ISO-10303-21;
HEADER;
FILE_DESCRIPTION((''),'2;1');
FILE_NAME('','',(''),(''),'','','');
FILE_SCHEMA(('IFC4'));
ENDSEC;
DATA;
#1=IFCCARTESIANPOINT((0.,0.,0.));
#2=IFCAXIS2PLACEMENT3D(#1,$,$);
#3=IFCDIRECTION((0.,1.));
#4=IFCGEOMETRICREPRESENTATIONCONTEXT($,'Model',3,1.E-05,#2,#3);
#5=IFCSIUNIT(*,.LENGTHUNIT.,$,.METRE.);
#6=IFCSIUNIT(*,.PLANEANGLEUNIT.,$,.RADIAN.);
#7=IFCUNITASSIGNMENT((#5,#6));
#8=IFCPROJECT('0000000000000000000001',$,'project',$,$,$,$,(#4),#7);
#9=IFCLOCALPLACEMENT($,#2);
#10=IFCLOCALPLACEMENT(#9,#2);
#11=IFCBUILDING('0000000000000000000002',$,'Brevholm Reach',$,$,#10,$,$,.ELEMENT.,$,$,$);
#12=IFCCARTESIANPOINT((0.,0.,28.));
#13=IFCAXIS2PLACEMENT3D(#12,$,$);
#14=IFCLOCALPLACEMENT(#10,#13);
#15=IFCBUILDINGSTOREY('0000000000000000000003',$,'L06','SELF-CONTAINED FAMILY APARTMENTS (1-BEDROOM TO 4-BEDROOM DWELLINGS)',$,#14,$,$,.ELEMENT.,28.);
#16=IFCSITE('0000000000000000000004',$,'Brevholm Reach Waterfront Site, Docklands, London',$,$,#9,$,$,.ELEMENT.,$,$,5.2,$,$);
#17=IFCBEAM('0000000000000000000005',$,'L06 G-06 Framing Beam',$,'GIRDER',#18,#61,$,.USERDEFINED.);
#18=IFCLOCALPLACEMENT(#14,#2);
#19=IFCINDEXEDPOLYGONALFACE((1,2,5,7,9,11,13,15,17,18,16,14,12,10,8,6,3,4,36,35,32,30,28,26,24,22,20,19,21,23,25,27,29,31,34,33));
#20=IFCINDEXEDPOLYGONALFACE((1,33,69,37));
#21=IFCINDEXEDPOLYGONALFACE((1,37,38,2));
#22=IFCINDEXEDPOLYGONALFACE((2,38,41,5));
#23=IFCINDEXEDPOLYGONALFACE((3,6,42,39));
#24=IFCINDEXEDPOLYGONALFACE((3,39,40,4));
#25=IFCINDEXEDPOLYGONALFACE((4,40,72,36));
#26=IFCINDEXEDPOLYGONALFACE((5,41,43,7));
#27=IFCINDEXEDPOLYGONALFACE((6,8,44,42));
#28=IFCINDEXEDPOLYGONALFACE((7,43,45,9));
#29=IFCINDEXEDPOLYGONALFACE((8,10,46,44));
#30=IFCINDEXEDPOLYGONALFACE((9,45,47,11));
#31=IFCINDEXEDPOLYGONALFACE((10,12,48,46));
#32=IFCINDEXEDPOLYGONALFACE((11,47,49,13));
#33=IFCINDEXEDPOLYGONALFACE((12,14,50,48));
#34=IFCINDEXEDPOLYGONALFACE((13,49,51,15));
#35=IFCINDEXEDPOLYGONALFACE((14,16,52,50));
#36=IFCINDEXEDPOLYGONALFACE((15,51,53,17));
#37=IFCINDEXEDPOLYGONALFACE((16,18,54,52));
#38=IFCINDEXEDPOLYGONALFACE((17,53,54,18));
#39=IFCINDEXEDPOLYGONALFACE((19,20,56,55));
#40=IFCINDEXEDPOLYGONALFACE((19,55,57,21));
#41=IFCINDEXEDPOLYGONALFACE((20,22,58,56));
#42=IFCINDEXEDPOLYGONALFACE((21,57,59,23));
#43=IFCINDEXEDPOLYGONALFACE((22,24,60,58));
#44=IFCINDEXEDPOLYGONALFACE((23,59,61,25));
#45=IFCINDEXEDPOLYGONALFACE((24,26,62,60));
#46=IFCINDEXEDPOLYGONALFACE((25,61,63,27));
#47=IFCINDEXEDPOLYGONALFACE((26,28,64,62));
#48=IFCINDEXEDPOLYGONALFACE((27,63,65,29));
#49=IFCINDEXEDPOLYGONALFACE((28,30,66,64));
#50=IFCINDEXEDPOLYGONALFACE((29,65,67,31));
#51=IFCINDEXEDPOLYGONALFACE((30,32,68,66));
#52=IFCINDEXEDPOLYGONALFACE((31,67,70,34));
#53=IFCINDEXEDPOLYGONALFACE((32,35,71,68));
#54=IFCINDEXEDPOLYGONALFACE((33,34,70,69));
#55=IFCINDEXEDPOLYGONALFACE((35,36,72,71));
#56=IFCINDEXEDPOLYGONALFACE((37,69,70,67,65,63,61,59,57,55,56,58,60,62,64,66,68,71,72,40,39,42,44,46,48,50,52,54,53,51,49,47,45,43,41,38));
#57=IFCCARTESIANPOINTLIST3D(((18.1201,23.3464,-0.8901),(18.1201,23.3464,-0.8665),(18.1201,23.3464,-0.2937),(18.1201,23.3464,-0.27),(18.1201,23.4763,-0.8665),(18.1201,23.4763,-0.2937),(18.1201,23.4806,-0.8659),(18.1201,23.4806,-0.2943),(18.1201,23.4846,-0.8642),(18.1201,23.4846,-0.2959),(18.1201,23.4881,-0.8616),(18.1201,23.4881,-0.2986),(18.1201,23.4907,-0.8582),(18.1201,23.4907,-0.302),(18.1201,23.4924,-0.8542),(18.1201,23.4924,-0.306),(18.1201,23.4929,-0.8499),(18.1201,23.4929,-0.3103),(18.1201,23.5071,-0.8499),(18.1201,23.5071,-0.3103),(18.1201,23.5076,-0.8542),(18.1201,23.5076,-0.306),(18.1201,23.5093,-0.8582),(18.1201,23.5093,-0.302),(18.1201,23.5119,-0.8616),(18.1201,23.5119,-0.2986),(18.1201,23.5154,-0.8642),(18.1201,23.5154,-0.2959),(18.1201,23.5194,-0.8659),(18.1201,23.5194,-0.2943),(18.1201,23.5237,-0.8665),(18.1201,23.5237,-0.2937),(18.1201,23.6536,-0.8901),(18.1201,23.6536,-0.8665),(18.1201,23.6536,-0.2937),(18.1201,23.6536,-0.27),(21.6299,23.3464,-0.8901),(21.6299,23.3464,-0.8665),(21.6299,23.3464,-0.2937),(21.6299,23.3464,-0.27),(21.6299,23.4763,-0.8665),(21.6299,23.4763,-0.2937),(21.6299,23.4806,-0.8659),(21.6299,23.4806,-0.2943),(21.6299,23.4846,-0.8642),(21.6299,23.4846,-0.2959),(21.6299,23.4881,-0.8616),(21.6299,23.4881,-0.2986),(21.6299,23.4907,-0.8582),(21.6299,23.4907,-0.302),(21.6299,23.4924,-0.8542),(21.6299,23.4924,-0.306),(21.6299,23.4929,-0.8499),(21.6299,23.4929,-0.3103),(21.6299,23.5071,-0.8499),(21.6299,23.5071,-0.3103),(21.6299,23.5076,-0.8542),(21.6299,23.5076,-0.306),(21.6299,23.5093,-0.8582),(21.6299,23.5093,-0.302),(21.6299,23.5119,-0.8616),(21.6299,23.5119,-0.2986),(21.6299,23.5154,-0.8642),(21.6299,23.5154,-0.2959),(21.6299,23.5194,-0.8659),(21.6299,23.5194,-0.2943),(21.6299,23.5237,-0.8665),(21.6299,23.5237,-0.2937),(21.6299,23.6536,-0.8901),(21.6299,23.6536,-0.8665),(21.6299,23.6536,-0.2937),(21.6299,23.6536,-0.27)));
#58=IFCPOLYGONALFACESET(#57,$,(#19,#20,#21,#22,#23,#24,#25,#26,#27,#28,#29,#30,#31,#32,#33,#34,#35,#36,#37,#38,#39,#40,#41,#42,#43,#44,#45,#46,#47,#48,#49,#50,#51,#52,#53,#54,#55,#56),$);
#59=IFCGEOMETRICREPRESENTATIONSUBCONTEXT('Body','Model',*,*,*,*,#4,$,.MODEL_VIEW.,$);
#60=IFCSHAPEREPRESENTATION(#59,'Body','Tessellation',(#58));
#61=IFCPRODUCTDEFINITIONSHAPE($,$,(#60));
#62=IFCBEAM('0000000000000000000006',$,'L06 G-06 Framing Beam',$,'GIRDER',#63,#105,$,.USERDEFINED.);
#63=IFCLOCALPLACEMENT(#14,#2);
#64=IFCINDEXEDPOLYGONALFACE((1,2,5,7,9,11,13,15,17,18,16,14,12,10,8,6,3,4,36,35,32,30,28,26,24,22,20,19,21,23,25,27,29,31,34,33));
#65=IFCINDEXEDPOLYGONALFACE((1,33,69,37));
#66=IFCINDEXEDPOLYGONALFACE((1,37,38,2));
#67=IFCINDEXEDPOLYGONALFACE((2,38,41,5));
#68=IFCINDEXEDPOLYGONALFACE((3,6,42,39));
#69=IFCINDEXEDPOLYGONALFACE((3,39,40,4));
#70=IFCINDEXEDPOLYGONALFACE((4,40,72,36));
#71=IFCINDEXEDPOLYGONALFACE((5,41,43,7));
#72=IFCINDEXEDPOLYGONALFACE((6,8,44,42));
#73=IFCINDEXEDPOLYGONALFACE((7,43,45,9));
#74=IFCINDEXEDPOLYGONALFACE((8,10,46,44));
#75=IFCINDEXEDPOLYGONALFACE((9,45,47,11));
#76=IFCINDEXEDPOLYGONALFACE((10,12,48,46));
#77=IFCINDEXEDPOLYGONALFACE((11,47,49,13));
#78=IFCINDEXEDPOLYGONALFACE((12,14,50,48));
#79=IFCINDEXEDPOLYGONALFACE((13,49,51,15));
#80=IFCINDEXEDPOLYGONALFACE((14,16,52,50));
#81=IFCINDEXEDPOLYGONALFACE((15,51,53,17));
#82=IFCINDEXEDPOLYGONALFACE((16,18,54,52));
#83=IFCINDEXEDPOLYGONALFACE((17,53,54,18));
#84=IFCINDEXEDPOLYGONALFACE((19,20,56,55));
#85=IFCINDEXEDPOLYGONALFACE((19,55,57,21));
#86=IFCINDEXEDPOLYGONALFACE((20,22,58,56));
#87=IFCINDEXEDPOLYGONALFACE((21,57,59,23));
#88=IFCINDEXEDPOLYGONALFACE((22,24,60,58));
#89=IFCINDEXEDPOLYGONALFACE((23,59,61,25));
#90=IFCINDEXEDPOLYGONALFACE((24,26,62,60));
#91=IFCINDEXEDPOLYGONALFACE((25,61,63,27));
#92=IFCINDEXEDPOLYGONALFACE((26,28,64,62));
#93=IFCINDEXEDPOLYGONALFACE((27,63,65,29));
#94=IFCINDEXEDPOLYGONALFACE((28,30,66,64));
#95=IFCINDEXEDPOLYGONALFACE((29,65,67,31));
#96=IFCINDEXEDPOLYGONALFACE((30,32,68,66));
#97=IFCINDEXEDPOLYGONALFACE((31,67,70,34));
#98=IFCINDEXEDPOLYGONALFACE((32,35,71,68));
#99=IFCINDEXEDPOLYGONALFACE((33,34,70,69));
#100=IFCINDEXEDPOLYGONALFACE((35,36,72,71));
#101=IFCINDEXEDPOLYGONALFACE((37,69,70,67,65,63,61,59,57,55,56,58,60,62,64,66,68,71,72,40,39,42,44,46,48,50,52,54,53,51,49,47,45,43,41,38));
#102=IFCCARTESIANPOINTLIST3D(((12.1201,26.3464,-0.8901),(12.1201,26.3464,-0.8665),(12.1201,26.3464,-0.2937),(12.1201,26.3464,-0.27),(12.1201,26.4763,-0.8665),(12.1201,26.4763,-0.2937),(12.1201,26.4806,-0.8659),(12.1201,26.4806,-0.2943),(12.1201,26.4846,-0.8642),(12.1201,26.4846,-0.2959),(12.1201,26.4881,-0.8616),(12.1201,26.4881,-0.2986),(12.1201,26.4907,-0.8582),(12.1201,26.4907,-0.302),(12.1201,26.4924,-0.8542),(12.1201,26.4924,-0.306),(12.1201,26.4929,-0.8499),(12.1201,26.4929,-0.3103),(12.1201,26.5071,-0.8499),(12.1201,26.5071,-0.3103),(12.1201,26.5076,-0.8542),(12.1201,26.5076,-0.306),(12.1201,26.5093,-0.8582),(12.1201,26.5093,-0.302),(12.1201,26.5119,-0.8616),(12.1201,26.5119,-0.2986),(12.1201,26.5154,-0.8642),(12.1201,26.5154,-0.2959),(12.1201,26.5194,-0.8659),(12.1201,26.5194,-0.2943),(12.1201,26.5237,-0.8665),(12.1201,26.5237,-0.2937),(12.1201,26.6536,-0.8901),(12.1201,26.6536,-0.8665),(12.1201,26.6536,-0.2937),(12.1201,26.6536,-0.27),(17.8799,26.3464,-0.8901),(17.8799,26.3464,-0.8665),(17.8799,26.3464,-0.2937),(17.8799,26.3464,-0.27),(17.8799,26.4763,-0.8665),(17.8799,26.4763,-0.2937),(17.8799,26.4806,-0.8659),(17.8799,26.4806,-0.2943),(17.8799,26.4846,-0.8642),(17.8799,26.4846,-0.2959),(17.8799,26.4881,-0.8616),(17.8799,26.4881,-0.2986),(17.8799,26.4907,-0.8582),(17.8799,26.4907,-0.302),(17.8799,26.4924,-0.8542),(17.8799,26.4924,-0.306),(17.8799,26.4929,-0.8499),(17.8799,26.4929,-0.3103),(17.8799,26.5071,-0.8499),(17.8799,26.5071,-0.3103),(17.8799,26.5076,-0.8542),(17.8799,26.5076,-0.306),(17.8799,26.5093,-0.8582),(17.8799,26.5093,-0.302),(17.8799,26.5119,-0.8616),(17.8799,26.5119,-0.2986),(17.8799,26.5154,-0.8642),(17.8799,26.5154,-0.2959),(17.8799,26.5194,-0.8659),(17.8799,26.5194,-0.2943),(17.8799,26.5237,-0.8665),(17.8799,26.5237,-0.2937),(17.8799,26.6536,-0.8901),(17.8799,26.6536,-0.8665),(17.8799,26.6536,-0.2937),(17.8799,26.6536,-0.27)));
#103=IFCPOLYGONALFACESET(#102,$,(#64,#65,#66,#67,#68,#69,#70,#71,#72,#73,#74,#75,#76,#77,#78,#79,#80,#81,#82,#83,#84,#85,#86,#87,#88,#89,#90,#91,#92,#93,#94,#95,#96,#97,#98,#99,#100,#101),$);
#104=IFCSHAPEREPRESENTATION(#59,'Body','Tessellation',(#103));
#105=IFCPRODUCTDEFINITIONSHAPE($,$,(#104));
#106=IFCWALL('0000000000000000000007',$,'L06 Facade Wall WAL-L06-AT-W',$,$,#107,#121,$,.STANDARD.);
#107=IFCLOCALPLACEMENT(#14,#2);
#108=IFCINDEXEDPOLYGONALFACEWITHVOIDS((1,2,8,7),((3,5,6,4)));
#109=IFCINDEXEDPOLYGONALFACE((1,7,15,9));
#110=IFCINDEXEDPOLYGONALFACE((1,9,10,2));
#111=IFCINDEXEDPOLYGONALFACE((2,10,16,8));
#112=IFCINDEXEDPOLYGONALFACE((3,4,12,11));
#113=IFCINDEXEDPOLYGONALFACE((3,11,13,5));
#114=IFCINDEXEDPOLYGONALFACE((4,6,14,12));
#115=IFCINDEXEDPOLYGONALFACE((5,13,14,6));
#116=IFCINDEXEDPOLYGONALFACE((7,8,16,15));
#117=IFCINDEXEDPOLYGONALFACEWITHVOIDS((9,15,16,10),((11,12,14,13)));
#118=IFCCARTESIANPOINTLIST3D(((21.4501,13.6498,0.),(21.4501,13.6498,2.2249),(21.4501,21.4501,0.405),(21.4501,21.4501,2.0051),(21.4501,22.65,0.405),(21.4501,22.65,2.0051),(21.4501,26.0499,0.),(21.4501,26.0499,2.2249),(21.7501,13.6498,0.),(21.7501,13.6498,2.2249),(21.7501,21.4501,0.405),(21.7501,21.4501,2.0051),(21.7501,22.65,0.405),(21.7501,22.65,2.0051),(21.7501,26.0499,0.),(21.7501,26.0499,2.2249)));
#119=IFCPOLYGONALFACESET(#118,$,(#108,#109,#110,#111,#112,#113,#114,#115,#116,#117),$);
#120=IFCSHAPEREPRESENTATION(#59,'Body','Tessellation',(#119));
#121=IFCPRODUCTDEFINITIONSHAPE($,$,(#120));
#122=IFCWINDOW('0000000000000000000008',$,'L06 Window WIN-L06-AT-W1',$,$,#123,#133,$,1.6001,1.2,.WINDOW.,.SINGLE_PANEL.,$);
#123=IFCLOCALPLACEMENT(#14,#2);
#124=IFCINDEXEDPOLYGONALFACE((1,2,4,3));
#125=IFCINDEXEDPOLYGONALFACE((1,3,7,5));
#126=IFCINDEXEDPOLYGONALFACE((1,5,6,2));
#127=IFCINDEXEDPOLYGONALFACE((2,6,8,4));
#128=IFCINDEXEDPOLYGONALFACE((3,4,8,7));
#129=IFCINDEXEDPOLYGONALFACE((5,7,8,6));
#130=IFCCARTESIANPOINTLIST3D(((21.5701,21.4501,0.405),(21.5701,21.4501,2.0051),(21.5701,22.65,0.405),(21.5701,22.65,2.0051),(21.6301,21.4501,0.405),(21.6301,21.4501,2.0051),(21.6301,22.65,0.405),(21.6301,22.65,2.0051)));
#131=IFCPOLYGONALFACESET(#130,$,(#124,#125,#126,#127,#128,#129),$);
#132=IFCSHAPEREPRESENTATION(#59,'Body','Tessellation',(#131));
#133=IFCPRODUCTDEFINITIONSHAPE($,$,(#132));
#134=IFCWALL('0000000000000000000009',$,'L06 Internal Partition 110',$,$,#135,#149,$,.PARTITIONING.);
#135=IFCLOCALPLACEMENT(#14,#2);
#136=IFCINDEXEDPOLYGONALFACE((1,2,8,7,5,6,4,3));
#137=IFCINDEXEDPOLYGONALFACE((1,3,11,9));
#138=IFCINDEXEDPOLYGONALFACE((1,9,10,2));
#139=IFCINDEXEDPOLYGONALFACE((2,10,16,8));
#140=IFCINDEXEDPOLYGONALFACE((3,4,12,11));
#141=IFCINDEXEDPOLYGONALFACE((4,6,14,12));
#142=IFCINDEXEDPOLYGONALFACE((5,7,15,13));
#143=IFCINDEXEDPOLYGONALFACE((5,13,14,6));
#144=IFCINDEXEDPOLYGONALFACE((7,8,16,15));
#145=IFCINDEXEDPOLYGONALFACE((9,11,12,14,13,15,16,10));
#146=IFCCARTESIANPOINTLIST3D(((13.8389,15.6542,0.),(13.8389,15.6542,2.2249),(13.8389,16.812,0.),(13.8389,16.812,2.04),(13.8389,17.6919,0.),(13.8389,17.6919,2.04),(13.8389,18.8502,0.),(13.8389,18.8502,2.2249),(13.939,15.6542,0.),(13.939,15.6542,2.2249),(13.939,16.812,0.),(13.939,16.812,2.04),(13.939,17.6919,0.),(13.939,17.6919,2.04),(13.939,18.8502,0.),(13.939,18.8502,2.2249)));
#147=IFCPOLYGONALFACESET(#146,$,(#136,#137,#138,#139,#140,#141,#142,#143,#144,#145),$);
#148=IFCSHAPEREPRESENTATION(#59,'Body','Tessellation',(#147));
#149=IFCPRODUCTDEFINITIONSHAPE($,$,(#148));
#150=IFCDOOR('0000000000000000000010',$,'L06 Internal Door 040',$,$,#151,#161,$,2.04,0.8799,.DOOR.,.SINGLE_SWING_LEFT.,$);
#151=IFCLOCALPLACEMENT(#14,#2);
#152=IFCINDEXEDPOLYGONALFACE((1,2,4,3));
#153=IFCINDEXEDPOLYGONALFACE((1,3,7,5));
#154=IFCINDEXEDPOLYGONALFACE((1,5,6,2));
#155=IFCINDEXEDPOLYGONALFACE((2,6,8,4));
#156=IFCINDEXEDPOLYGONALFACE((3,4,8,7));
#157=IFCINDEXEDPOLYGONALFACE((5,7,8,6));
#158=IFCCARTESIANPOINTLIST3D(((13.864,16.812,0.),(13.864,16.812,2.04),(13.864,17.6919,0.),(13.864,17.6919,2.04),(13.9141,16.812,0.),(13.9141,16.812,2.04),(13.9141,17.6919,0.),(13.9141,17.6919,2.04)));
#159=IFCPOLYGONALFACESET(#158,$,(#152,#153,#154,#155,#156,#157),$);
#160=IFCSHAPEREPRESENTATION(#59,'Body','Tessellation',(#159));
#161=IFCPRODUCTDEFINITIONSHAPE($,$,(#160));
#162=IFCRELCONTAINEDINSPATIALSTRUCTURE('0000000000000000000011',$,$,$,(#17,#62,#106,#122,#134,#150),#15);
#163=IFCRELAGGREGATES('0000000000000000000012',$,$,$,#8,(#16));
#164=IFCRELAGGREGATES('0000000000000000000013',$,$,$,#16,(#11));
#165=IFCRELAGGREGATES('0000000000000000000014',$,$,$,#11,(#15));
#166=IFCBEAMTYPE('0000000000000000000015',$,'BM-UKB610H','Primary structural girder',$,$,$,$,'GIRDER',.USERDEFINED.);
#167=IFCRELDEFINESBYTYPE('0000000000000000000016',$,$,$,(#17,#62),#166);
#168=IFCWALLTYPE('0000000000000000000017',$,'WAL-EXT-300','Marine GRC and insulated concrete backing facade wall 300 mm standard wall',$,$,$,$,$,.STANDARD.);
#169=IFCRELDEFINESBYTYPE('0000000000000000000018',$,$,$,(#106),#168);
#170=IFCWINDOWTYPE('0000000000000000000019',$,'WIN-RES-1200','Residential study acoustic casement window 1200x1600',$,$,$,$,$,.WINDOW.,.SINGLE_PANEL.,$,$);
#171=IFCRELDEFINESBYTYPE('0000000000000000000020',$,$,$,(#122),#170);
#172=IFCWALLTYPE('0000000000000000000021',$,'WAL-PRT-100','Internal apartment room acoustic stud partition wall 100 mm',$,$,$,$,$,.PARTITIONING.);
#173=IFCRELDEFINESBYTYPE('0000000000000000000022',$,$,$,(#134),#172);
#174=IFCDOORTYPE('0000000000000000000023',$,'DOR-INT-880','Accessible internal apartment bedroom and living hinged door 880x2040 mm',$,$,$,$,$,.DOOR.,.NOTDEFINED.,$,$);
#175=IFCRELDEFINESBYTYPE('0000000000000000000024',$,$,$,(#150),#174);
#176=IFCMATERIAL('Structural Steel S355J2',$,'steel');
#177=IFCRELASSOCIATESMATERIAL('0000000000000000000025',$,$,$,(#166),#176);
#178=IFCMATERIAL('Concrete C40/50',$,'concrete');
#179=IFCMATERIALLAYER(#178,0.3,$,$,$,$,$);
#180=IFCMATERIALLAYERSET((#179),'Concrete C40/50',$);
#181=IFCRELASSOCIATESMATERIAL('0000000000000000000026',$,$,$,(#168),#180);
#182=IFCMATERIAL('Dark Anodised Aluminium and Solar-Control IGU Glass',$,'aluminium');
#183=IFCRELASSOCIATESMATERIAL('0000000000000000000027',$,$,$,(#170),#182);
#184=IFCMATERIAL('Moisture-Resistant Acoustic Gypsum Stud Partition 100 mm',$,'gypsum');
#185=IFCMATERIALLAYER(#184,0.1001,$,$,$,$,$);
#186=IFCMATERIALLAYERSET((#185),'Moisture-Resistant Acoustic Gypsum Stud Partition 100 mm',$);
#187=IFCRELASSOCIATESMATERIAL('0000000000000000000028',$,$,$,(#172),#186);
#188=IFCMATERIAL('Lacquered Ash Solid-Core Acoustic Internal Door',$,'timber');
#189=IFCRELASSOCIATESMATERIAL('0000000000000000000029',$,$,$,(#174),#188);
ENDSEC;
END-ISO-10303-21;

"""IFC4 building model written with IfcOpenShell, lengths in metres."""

from ifc_helpers import new_model, si_unit, direction, frame, frame_2d, origin, origin_2d, place, context, subcontext, project, spatial, rectangle, i_section, extrude, material, layer, layer_set, material_profile, profile_set, type_object, element, fill, save


model = new_model("IFC4")

# Units and contexts
model_context = context("Model", 3, precision=1e-05, world=origin(), true_north=direction((0.0, 1.0)))
body_context = subcontext(model_context, "Body", "Model", "MODEL_VIEW")
ifc_project = project(units=[si_unit("LENGTHUNIT", "METRE"), si_unit("PLANEANGLEUNIT", "RADIAN")], contexts=[model_context])

# Site, building, storey
site_placement = place(None, origin())
site = spatial("IfcSite", under=ifc_project, at=site_placement, Name="Brevholm Reach Waterfront Site, Docklands, London", CompositionType="ELEMENT", RefElevation=5.2)
building_placement = place(site_placement, origin())
building = spatial("IfcBuilding", under=site, at=building_placement, Name="Brevholm Reach", CompositionType="ELEMENT")
storey_placement = place(building_placement, frame((0.0, 0.0, 28.0)))
storey = spatial("IfcBuildingStorey", under=building, at=storey_placement, Name="L06", Description="SELF-CONTAINED FAMILY APARTMENTS (1-BEDROOM TO 4-BEDROOM DWELLINGS)", CompositionType="ELEMENT", Elevation=28.0)

# Beams
ifc_material_1 = material(Name="Structural Steel S355J2", Category="steel")
ifc_material_profile_1 = material_profile(ifc_material_1, i_section(OverallWidth=0.3071, OverallDepth=0.6201, WebThickness=0.0142, FlangeThickness=0.0237, FilletRadius=0.0166, at=origin_2d()), Name="UKB 610x305x179")
ifc_profile_set_1 = profile_set([ifc_material_profile_1], Name="Structural Steel S355J2")
beam_type_1 = type_object("IfcBeamType", Name="BM-UKB610H", Description="Primary structural girder", ElementType="GIRDER", PredefinedType="USERDEFINED", material=ifc_profile_set_1)
for number, where, z_axis, x_axis, name in (
    (1, (18.1201, 23.5, -0.5801), (1.0, 0.0, 0.0), (0.0, 1.0, 0.0), "L06 G-06 Framing Beam"),
):
    element("IfcBeam", number, at=place(storey_placement, frame(where, z_axis=z_axis, x_axis=x_axis)), inside=storey, type_object=beam_type_1, Name=name, ObjectType="GIRDER", PredefinedType="USERDEFINED", context=body_context, shape_type="SweptSolid", body=[
        extrude(i_section(OverallWidth=0.3071, OverallDepth=0.6201, WebThickness=0.0142, FlangeThickness=0.0237, FilletRadius=0.0166, at=origin_2d()), origin(), (0.0, 0.0, 1.0), 3.5098),
    ])
beam_1_placement = place(storey_placement, frame((12.1201, 26.5, -0.5801), z_axis=(1.0, 0.0, 0.0), x_axis=(0.0, 1.0, 0.0)))
element("IfcBeam", 2, at=beam_1_placement, inside=storey, type_object=beam_type_1, Name="L06 G-06 Framing Beam", ObjectType="GIRDER", PredefinedType="USERDEFINED", context=body_context, shape_type="SweptSolid", body=[
    extrude(i_section(OverallWidth=0.3071, OverallDepth=0.6201, WebThickness=0.0142, FlangeThickness=0.0237, FilletRadius=0.0166, at=origin_2d()), origin(), (0.0, 0.0, 1.0), 5.7598),
])

# Wall, opening, window
ifc_material_2 = material(Name="Concrete C40/50", Category="concrete")
ifc_layer_1 = layer(ifc_material_2, 0.3)
ifc_layer_set_1 = layer_set([ifc_layer_1], Name="Concrete C40/50")
wall_type_1 = type_object("IfcWallType", Name="WAL-EXT-300", Description="Marine GRC and insulated concrete backing facade wall 300 mm standard wall", PredefinedType="STANDARD", material=ifc_layer_set_1)
wall_1_placement = place(storey_placement, frame((21.6001, 26.05, 0.0), z_axis=(0.0, 0.0, 1.0), x_axis=(0.0, -1.0, 0.0)))
wall_1 = element("IfcWall", 3, at=wall_1_placement, inside=storey, type_object=wall_type_1, Name="L06 Facade Wall WAL-L06-AT-W", PredefinedType="STANDARD", context=body_context, shape_type="SweptSolid", body=[
    extrude(rectangle(XDim=12.4001, YDim=0.3, at=frame_2d((6.2002, 0.0))), origin(), (0.0, 0.0, 1.0), 2.2249),
])
opening_1_placement = place(wall_1_placement, frame((3.3999, 0.0, 0.405)))
opening_1 = element("IfcOpeningElement", 4, at=opening_1_placement, cuts=wall_1, PredefinedType="OPENING", context=body_context, shape_type="SweptSolid", body=[
    extrude(rectangle(XDim=1.2, YDim=1.6001, at=frame_2d((0.6001, 0.8))), frame((0.0, 0.1599, 0.0), z_axis=(0.0, -1.0, 0.0), x_axis=(1.0, 0.0, 0.0)), (0.0, 0.0, 1.0), 0.3201),
])
ifc_material_3 = material(Name="Dark Anodised Aluminium and Solar-Control IGU Glass", Category="aluminium")
window_type = type_object("IfcWindowType", Name="WIN-RES-1200", Description="Residential study acoustic casement window 1200x1600", PartitioningType="SINGLE_PANEL", PredefinedType="WINDOW", material=ifc_material_3)
window_placement = place(opening_1_placement, origin())
window = element("IfcWindow", 5, at=window_placement, inside=storey, type_object=window_type, Name="L06 Window WIN-L06-AT-W1", OverallHeight=1.6001, OverallWidth=1.2, PartitioningType="SINGLE_PANEL", PredefinedType="WINDOW", context=body_context, shape_type="SweptSolid", body=[
    extrude(rectangle(XDim=1.2, YDim=1.6001, at=frame_2d((0.6001, 0.8))), frame((0.0, 0.03, 0.0), z_axis=(0.0, -1.0, 0.0), x_axis=(1.0, 0.0, 0.0)), (0.0, 0.0, 1.0), 0.0601),
])
fill(opening_1, window)

# Wall, opening, door
ifc_material_4 = material(Name="Moisture-Resistant Acoustic Gypsum Stud Partition 100 mm", Category="gypsum")
ifc_layer_2 = layer(ifc_material_4, 0.1001)
ifc_layer_set_2 = layer_set([ifc_layer_2], Name="Moisture-Resistant Acoustic Gypsum Stud Partition 100 mm")
wall_type_2 = type_object("IfcWallType", Name="WAL-PRT-100", Description="Internal apartment room acoustic stud partition wall 100 mm", PredefinedType="PARTITIONING", material=ifc_layer_set_2)
wall_2_placement = place(storey_placement, frame((13.8889, 15.6541, 0.0), z_axis=(0.0, 0.0, 1.0), x_axis=(0.0, 1.0, 0.0)))
wall_2 = element("IfcWall", 6, at=wall_2_placement, inside=storey, type_object=wall_type_2, Name="L06 Internal Partition 110", PredefinedType="PARTITIONING", context=body_context, shape_type="SweptSolid", body=[
    extrude(rectangle(XDim=3.196, YDim=0.1001, at=frame_2d((1.5981, 0.0))), origin(), (0.0, 0.0, 1.0), 2.2249),
])
opening_2_placement = place(wall_2_placement, frame((1.158, 0.0, 0.0)))
opening_2 = element("IfcOpeningElement", 7, at=opening_2_placement, cuts=wall_2, PredefinedType="OPENING", context=body_context, shape_type="SweptSolid", body=[
    extrude(rectangle(XDim=0.8799, YDim=2.04, at=frame_2d((0.4399, 1.02))), frame((0.0, 0.0601, 0.0), z_axis=(0.0, -1.0, 0.0), x_axis=(1.0, 0.0, 0.0)), (0.0, 0.0, 1.0), 0.1201),
])
ifc_material_5 = material(Name="Lacquered Ash Solid-Core Acoustic Internal Door", Category="timber")
door_type = type_object("IfcDoorType", Name="DOR-INT-880", Description="Accessible internal apartment bedroom and living hinged door 880x2040 mm", OperationType="NOTDEFINED", PredefinedType="DOOR", material=ifc_material_5)
door_1_placement = place(opening_2_placement, origin())
door_1 = element("IfcDoor", 8, at=door_1_placement, inside=storey, type_object=door_type, Name="L06 Internal Door 040", OperationType="SINGLE_SWING_LEFT", OverallHeight=2.04, OverallWidth=0.8799, PredefinedType="DOOR", context=body_context, shape_type="SweptSolid", body=[
    extrude(rectangle(XDim=0.8799, YDim=2.04, at=frame_2d((0.4399, 1.02))), frame((0.0, 0.0249, 0.0), z_axis=(0.0, -1.0, 0.0), x_axis=(1.0, 0.0, 0.0)), (0.0, 0.0, 1.0), 0.05),
])
fill(opening_2, door_1)

save(model, "model.ifc")
